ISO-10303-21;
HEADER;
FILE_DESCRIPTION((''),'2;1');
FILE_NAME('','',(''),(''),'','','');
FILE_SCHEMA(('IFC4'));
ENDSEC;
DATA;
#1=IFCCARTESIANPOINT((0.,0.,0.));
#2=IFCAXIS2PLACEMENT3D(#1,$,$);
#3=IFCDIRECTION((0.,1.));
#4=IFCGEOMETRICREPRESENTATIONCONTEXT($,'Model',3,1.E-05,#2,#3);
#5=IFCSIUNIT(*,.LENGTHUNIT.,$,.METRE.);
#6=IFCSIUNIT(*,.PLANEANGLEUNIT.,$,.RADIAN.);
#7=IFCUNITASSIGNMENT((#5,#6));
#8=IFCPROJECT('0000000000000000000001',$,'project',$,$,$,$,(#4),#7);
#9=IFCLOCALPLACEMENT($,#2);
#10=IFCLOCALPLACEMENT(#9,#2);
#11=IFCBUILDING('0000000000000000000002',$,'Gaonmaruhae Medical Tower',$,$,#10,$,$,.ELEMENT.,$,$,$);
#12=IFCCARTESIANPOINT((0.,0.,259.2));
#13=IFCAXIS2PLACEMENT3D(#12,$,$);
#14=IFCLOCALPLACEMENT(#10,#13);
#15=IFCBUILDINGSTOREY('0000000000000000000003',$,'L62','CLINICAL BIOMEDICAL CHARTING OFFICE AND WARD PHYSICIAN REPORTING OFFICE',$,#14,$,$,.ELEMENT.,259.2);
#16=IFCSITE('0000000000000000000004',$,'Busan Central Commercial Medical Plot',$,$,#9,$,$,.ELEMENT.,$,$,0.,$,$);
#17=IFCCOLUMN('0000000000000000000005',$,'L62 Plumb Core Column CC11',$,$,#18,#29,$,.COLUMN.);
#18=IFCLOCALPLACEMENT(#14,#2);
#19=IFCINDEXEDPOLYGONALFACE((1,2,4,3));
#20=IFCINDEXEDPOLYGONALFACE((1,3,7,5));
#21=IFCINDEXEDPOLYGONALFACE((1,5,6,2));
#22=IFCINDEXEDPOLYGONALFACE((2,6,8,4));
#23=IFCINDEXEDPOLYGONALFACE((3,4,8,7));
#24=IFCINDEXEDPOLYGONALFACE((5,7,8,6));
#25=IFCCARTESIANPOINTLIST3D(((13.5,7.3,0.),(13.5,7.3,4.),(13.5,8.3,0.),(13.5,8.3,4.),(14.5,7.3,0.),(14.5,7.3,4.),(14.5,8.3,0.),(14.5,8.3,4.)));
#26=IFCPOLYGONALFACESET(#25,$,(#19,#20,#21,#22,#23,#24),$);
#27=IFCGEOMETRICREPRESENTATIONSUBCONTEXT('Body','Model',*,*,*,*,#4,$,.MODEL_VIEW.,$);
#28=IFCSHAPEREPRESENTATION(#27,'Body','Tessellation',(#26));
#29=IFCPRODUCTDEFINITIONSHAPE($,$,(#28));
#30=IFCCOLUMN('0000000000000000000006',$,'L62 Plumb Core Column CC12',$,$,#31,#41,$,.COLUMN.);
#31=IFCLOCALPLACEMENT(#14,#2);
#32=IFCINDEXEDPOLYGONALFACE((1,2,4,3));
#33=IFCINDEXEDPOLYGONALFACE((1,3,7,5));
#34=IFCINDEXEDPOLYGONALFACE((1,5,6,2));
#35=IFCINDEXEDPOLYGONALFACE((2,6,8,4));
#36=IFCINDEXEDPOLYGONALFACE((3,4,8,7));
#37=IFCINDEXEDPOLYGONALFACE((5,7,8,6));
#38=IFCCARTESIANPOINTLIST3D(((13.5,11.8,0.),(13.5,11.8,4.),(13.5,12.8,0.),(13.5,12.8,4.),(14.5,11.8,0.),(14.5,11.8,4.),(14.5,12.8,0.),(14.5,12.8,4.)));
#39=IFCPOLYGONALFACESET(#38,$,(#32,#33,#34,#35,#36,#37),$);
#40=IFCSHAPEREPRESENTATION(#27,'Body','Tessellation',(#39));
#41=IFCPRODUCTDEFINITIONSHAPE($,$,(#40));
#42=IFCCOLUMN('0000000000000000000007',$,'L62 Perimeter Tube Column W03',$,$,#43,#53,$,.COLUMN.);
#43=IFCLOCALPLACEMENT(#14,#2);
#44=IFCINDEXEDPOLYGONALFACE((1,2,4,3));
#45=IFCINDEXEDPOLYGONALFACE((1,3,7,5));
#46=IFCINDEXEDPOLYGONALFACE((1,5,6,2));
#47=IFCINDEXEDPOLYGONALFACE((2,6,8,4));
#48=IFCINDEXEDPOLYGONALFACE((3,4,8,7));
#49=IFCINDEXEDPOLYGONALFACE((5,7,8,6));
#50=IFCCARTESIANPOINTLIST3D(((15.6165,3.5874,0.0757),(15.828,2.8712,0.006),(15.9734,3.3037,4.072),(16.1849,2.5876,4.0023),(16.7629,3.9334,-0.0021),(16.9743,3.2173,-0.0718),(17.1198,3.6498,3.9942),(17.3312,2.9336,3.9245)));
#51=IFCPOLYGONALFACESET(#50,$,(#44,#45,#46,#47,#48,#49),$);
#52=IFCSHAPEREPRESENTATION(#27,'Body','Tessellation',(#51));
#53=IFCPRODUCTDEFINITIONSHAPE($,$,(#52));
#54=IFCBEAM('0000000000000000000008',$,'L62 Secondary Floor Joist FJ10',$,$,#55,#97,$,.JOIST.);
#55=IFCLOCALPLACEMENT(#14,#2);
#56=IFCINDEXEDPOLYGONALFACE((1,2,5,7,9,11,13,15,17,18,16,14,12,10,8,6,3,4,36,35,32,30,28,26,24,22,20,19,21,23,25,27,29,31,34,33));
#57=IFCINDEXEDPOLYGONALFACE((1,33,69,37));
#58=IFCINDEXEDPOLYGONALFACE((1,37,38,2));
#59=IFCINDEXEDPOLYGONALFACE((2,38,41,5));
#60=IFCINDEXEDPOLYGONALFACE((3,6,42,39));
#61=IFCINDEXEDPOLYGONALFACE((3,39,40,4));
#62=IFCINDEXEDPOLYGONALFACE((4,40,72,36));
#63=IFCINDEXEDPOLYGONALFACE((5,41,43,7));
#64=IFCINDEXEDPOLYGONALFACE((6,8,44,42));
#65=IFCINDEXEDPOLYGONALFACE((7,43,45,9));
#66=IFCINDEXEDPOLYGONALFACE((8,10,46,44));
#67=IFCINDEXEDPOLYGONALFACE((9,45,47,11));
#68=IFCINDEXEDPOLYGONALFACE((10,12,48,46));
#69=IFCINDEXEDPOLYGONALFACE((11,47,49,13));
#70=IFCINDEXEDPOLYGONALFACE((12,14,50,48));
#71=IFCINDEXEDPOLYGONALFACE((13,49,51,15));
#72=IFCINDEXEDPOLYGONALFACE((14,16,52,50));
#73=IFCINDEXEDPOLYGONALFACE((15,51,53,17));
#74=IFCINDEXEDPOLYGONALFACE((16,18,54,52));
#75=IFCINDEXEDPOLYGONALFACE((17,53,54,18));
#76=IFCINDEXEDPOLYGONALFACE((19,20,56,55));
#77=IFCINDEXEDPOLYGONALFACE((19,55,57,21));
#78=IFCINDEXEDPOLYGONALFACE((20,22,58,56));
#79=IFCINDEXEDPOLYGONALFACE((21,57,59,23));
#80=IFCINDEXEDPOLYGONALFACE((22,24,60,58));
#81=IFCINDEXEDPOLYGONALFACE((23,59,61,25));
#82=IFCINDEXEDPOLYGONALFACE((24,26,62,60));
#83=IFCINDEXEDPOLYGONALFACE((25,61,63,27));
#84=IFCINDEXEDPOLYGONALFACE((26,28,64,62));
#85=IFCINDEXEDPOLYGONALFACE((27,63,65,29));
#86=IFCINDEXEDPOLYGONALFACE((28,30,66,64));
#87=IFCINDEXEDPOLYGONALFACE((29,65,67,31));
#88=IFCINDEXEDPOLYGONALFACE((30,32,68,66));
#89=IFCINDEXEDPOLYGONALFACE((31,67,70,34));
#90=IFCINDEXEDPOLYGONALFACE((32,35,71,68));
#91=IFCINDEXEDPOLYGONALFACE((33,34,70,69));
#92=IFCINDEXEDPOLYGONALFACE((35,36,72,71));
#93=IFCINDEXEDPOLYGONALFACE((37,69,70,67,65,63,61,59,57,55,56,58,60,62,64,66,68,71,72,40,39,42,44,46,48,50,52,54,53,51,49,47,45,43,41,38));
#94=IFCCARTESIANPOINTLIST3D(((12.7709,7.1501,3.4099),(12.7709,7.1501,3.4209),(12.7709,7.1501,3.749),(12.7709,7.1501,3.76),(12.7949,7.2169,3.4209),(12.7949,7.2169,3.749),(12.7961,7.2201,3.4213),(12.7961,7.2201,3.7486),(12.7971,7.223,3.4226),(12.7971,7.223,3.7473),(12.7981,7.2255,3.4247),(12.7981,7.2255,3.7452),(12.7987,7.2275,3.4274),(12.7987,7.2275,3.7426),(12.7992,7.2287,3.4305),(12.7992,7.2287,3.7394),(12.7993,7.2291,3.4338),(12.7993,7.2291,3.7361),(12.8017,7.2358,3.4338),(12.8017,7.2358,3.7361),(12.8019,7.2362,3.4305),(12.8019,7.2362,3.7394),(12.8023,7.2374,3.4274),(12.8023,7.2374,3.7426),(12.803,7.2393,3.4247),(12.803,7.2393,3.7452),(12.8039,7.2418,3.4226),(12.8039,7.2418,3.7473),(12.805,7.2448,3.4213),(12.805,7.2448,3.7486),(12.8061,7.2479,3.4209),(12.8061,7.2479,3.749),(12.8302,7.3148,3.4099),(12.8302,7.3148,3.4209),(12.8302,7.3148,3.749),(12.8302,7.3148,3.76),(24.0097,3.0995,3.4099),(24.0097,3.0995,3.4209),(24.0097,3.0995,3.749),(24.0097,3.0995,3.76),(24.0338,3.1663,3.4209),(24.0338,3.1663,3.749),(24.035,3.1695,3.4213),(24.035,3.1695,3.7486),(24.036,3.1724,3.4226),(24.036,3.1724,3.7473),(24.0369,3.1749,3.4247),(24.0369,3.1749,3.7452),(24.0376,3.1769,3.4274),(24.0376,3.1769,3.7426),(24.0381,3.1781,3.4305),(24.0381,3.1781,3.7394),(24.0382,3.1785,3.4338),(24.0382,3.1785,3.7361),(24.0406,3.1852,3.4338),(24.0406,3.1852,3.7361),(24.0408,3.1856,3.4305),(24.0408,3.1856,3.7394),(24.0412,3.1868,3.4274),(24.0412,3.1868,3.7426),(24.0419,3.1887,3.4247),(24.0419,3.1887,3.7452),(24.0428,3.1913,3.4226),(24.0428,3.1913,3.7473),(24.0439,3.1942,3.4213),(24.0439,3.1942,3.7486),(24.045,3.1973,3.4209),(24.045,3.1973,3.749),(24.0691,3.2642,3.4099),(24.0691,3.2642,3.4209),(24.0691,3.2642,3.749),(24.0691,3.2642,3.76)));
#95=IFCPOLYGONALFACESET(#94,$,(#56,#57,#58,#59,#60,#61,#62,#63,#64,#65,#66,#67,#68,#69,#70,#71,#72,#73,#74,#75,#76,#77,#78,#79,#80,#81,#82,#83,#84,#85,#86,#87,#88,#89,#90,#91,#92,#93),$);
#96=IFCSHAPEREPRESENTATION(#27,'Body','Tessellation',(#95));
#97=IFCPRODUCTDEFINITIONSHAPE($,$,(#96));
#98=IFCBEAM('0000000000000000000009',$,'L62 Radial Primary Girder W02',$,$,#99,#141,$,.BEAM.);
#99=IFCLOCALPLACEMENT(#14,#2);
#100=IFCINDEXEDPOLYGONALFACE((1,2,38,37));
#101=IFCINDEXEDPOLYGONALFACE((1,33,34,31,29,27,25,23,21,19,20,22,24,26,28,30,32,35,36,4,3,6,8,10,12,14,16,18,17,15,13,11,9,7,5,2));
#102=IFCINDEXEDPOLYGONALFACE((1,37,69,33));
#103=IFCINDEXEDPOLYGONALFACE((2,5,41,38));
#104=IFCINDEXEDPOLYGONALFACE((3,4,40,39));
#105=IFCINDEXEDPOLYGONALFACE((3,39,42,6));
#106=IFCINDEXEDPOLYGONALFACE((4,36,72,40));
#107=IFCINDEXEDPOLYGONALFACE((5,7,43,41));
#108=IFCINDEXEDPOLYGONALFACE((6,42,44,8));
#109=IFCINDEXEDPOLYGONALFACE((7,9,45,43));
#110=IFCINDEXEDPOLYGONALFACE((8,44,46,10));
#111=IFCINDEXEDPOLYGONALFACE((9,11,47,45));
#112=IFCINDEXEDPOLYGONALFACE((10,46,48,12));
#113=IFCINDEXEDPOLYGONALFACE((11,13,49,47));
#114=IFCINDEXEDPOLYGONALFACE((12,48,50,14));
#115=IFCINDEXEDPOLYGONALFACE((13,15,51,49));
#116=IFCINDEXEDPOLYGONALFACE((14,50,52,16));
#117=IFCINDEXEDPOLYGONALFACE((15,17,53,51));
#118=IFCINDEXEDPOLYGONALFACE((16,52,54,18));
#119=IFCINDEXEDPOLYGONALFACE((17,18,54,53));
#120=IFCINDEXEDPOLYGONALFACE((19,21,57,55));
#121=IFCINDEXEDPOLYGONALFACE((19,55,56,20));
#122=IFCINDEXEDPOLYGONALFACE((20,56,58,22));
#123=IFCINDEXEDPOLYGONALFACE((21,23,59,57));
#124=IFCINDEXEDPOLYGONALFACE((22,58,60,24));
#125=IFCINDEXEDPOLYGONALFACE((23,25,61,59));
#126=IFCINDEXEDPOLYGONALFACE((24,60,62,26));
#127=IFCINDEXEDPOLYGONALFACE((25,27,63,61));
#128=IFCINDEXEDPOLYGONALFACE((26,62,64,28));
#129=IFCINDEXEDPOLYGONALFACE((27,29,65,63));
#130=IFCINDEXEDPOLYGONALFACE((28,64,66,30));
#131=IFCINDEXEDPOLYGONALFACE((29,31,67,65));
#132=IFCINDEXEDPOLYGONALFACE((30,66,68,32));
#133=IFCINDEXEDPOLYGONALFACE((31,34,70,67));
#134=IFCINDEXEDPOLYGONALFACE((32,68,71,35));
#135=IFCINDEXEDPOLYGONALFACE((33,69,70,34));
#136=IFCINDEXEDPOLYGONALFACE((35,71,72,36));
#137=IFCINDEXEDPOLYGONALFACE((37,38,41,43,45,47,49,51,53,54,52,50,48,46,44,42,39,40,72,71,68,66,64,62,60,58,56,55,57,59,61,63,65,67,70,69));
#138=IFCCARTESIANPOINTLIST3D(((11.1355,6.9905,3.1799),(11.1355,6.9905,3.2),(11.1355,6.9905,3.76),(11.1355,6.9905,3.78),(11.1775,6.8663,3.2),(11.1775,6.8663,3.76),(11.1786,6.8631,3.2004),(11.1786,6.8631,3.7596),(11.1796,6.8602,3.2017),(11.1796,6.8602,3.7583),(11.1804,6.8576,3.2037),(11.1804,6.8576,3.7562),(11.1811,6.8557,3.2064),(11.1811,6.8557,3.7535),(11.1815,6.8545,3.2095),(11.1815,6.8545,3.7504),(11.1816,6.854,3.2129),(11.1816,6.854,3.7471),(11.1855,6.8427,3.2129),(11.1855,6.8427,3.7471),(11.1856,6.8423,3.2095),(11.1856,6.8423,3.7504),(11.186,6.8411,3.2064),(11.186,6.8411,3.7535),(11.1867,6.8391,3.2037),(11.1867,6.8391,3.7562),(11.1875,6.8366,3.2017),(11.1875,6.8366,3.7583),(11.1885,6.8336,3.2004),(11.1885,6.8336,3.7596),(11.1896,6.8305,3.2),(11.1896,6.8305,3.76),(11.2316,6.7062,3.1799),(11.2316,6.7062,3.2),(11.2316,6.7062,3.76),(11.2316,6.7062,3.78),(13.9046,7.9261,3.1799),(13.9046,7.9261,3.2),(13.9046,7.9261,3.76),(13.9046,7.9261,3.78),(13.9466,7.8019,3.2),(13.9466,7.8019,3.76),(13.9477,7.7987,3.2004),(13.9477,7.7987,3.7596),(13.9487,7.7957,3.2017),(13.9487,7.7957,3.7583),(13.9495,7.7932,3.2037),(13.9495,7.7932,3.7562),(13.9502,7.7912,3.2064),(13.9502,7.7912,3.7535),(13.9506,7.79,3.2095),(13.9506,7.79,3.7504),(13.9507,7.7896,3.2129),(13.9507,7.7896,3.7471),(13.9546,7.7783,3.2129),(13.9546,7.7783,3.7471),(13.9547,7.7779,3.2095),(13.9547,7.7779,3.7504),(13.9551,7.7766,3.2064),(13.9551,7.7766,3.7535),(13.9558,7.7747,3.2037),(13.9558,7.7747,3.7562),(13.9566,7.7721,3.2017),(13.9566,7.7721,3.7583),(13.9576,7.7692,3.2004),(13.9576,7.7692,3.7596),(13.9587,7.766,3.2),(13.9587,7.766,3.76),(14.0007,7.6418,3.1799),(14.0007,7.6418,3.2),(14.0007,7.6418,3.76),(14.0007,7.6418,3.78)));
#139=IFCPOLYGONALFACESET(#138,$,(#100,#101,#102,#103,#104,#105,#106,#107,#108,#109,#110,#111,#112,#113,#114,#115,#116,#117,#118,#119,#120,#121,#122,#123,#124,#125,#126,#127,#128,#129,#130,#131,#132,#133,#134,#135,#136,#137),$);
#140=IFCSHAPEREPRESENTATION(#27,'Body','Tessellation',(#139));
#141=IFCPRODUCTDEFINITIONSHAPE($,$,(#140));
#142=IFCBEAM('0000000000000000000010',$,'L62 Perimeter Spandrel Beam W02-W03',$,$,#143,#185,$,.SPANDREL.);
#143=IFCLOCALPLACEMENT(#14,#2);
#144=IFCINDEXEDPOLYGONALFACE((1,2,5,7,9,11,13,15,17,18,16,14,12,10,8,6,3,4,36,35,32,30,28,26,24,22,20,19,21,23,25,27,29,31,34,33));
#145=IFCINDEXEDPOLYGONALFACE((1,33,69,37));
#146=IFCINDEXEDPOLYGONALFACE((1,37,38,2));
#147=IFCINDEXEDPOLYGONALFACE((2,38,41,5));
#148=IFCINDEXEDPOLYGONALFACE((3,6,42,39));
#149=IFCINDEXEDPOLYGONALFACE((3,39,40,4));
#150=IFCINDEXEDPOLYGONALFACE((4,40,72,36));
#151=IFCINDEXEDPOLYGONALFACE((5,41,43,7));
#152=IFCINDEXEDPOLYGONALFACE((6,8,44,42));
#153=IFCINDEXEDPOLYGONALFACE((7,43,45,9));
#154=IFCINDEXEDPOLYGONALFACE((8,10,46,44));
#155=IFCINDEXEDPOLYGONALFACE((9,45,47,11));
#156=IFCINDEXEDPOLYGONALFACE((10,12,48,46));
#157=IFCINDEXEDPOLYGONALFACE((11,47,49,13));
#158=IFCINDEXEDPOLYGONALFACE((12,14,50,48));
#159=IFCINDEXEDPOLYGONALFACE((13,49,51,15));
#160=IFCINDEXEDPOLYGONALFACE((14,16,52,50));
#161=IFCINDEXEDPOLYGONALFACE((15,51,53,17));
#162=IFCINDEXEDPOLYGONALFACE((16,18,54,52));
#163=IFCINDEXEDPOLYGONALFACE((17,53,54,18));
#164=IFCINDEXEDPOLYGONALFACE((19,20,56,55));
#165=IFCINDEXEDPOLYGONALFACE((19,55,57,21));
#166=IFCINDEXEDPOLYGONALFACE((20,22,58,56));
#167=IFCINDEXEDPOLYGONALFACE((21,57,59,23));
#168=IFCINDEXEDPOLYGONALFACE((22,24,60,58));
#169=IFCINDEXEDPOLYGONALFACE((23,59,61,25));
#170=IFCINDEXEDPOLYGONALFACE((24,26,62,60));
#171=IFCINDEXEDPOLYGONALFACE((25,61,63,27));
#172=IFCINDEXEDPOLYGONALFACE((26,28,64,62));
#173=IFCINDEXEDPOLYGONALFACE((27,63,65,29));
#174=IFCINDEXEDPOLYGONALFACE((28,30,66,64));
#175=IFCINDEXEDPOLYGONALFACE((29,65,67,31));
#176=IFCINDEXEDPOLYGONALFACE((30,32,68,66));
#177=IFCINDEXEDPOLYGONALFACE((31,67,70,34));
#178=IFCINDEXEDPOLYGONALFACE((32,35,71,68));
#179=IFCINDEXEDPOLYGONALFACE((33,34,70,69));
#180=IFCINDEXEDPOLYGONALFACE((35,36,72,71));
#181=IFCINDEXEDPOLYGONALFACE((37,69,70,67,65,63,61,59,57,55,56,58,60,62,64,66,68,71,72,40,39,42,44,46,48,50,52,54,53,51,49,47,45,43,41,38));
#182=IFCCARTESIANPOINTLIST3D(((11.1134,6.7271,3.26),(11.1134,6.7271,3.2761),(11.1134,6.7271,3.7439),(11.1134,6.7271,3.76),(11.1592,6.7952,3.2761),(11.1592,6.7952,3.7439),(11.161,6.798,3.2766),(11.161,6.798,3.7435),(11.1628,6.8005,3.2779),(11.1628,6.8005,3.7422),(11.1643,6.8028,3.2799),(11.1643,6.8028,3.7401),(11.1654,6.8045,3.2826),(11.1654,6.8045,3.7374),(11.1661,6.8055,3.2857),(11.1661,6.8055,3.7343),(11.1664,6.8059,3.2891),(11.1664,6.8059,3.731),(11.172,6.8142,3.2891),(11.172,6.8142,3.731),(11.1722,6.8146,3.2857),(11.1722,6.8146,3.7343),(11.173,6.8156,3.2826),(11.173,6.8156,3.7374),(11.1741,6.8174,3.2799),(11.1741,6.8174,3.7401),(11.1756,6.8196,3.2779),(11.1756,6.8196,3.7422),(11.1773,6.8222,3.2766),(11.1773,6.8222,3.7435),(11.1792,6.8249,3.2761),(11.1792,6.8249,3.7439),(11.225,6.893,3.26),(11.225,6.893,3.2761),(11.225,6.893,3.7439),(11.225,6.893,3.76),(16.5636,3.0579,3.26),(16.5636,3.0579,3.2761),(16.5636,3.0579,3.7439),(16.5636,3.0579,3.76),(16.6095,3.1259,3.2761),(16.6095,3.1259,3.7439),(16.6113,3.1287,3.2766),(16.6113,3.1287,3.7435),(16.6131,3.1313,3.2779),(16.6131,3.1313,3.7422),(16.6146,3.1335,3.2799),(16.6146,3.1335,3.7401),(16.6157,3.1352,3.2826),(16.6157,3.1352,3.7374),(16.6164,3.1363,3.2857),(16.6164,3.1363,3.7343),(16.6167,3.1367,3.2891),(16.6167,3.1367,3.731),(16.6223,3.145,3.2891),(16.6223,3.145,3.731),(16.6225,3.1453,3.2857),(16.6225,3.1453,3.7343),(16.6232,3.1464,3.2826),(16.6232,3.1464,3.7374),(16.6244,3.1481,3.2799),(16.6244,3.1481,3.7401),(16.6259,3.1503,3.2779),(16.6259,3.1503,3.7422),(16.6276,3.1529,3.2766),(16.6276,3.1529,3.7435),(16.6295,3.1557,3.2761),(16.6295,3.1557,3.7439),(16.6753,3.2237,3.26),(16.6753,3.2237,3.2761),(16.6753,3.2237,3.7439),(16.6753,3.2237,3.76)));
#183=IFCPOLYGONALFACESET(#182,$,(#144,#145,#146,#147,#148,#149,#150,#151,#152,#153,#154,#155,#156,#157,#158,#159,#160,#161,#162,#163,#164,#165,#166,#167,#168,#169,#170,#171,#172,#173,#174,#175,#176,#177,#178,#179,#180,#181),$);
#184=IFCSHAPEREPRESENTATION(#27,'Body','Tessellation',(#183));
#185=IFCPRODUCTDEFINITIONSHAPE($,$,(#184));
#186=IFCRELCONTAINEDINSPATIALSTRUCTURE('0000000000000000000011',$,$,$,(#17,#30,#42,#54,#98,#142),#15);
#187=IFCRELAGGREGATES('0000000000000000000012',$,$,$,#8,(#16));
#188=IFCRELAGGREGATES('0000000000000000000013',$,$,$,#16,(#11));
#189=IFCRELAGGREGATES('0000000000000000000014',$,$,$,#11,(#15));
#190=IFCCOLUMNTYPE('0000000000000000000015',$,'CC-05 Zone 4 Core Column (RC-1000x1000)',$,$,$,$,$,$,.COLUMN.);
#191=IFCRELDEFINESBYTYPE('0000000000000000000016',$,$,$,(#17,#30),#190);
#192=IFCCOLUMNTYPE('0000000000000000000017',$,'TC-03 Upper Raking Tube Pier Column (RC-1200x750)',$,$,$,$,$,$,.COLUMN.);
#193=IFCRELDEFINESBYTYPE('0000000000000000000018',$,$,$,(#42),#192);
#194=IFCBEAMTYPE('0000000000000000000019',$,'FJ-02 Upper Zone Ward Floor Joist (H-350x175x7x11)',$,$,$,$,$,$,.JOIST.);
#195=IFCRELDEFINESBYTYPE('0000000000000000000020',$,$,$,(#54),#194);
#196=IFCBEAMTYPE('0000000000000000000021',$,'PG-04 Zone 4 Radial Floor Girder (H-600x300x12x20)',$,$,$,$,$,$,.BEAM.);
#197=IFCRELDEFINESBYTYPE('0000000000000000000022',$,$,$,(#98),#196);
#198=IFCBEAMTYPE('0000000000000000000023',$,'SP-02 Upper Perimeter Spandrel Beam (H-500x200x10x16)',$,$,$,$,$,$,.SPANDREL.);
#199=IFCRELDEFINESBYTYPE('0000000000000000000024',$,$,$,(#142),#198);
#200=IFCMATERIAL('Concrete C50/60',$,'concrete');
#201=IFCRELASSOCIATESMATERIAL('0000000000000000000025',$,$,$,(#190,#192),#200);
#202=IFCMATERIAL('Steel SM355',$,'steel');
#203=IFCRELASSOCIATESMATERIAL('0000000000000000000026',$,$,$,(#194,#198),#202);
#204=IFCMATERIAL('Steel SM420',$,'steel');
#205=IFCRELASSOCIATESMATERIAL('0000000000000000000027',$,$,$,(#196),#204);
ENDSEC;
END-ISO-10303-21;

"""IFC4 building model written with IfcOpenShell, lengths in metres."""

from ifc_helpers import new_model, si_unit, direction, frame, origin, origin_2d, place, context, subcontext, project, spatial, rectangle, i_section, extrude, material, material_profile, profile_set, type_object, element, save


model = new_model("IFC4")

# Units and contexts
model_context = context("Model", 3, precision=1e-05, world=origin(), true_north=direction((0.0, 1.0)))
body_context = subcontext(model_context, "Body", "Model", "MODEL_VIEW")
ifc_project = project(units=[si_unit("LENGTHUNIT", "METRE"), si_unit("PLANEANGLEUNIT", "RADIAN")], contexts=[model_context])

# Site, building, storey
site_placement = place(None, origin())
site = spatial("IfcSite", under=ifc_project, at=site_placement, Name="Busan Central Commercial Medical Plot", CompositionType="ELEMENT", RefElevation=0.0)
building_placement = place(site_placement, origin())
building = spatial("IfcBuilding", under=site, at=building_placement, Name="Gaonmaruhae Medical Tower", CompositionType="ELEMENT")
storey_placement = place(building_placement, frame((0.0, 0.0, 259.2)))
storey = spatial("IfcBuildingStorey", under=building, at=storey_placement, Name="L62", Description="CLINICAL BIOMEDICAL CHARTING OFFICE AND WARD PHYSICIAN REPORTING OFFICE", CompositionType="ELEMENT", Elevation=259.2)

# Columns
ifc_material_1 = material(Name="Concrete C50/60", Category="concrete")
ifc_material_profile_1 = material_profile(ifc_material_1, rectangle(XDim=1.0, YDim=1.0, at=origin_2d()), Name="RC-1000x1000")
ifc_profile_set_1 = profile_set([ifc_material_profile_1], Name="Concrete C50/60")
column_type_1 = type_object("IfcColumnType", Name="CC-05 Zone 4 Core Column (RC-1000x1000)", PredefinedType="COLUMN", material=ifc_profile_set_1)
for number, where, z_axis, x_axis, name in (
    (1, (14.0, 7.8, 0.0), (0.0, 0.0, 1.0), (1.0, 0.0, 0.0), "L62 Plumb Core Column CC11"),
    (2, (14.0, 12.3, 0.0), (0.0, 0.0, 1.0), (1.0, 0.0, 0.0), "L62 Plumb Core Column CC12"),
):
    element("IfcColumn", number, at=place(storey_placement, frame(where, z_axis=z_axis, x_axis=x_axis)), inside=storey, type_object=column_type_1, Name=name, PredefinedType="COLUMN", context=body_context, shape_type="SweptSolid", body=[
        extrude(rectangle(XDim=1.0, YDim=1.0, at=origin_2d()), origin(), (0.0, 0.0, 1.0), 4.0),
    ])
ifc_material_profile_2 = material_profile(ifc_material_1, rectangle(XDim=1.2, YDim=0.75, at=origin_2d()), Name="RC-1200x750")
ifc_profile_set_2 = profile_set([ifc_material_profile_2], Name="Concrete C50/60")
column_type_2 = type_object("IfcColumnType", Name="TC-03 Upper Raking Tube Pier Column (RC-1200x750)", PredefinedType="COLUMN", material=ifc_profile_set_2)
column_placement = place(storey_placement, frame((16.2954, 3.4023, 0.002), z_axis=(0.088739, -0.07053, 0.993555), x_axis=(-0.955325, -0.288355, 0.064855)))
element("IfcColumn", 3, at=column_placement, inside=storey, type_object=column_type_2, Name="L62 Perimeter Tube Column W03", PredefinedType="COLUMN", context=body_context, shape_type="SweptSolid", body=[
    extrude(rectangle(XDim=1.2, YDim=0.75, at=origin_2d()), origin(), (0.0, 0.0, 1.0), 4.0222),
])

# Beams
ifc_material_2 = material(Name="Steel SM355", Category="steel")
ifc_material_profile_3 = material_profile(ifc_material_2, i_section(OverallWidth=0.175, OverallDepth=0.3501, WebThickness=0.0071, FlangeThickness=0.011, FilletRadius=0.0129, at=origin_2d()), Name="H-350x175x7x11")
ifc_profile_set_3 = profile_set([ifc_material_profile_3], Name="Steel SM355")
beam_type_1 = type_object("IfcBeamType", Name="FJ-02 Upper Zone Ward Floor Joist (H-350x175x7x11)", PredefinedType="JOIST", material=ifc_profile_set_3)
beam_1_placement = place(storey_placement, frame((12.8005, 7.2324, 3.585), z_axis=(0.940765, -0.339059, 0.0), x_axis=(0.339059, 0.940765, 0.0)))
element("IfcBeam", 4, at=beam_1_placement, inside=storey, type_object=beam_type_1, Name="L62 Secondary Floor Joist FJ10", PredefinedType="JOIST", context=body_context, shape_type="SweptSolid", body=[
    extrude(i_section(OverallWidth=0.175, OverallDepth=0.3501, WebThickness=0.0071, FlangeThickness=0.011, FilletRadius=0.0129, at=origin_2d()), origin(), (0.0, 0.0, 1.0), 11.9465),
])
ifc_material_3 = material(Name="Steel SM420", Category="steel")
ifc_material_profile_4 = material_profile(ifc_material_3, i_section(OverallWidth=0.3, OverallDepth=0.6001, WebThickness=0.012, FlangeThickness=0.02, FilletRadius=0.0129, at=origin_2d()), Name="H-600x300x12x20")
ifc_profile_set_4 = profile_set([ifc_material_profile_4], Name="Steel SM420")
beam_type_2 = type_object("IfcBeamType", Name="PG-04 Zone 4 Radial Floor Girder (H-600x300x12x20)", PredefinedType="BEAM", material=ifc_profile_set_4)
beam_2_placement = place(storey_placement, frame((13.9526, 7.7839, 3.48), z_axis=(-0.947389, -0.320084, 0.0), x_axis=(0.320084, -0.947389, 0.0)))
element("IfcBeam", 5, at=beam_2_placement, inside=storey, type_object=beam_type_2, Name="L62 Radial Primary Girder W02", PredefinedType="BEAM", context=body_context, shape_type="SweptSolid", body=[
    extrude(i_section(OverallWidth=0.3, OverallDepth=0.6001, WebThickness=0.012, FlangeThickness=0.02, FilletRadius=0.0129, at=origin_2d()), origin(), (0.0, 0.0, 1.0), 2.9229),
])
ifc_material_profile_5 = material_profile(ifc_material_2, i_section(OverallWidth=0.2, OverallDepth=0.5, WebThickness=0.01, FlangeThickness=0.0161, FilletRadius=0.0129, at=origin_2d()), Name="H-500x200x10x16")
ifc_profile_set_5 = profile_set([ifc_material_profile_5], Name="Steel SM355")
beam_type_3 = type_object("IfcBeamType", Name="SP-02 Upper Perimeter Spandrel Beam (H-500x200x10x16)", PredefinedType="SPANDREL", material=ifc_profile_set_5)
beam_3_placement = place(storey_placement, frame((11.1692, 6.8101, 3.51), z_axis=(0.829532, -0.558459, 0.0), x_axis=(0.558459, 0.829532, 0.0)))
element("IfcBeam", 6, at=beam_3_placement, inside=storey, type_object=beam_type_3, Name="L62 Perimeter Spandrel Beam W02-W03", PredefinedType="SPANDREL", context=body_context, shape_type="SweptSolid", body=[
    extrude(i_section(OverallWidth=0.2, OverallDepth=0.5, WebThickness=0.01, FlangeThickness=0.0161, FilletRadius=0.0129, at=origin_2d()), origin(), (0.0, 0.0, 1.0), 6.5703),
])

save(model, "model.ifc")
